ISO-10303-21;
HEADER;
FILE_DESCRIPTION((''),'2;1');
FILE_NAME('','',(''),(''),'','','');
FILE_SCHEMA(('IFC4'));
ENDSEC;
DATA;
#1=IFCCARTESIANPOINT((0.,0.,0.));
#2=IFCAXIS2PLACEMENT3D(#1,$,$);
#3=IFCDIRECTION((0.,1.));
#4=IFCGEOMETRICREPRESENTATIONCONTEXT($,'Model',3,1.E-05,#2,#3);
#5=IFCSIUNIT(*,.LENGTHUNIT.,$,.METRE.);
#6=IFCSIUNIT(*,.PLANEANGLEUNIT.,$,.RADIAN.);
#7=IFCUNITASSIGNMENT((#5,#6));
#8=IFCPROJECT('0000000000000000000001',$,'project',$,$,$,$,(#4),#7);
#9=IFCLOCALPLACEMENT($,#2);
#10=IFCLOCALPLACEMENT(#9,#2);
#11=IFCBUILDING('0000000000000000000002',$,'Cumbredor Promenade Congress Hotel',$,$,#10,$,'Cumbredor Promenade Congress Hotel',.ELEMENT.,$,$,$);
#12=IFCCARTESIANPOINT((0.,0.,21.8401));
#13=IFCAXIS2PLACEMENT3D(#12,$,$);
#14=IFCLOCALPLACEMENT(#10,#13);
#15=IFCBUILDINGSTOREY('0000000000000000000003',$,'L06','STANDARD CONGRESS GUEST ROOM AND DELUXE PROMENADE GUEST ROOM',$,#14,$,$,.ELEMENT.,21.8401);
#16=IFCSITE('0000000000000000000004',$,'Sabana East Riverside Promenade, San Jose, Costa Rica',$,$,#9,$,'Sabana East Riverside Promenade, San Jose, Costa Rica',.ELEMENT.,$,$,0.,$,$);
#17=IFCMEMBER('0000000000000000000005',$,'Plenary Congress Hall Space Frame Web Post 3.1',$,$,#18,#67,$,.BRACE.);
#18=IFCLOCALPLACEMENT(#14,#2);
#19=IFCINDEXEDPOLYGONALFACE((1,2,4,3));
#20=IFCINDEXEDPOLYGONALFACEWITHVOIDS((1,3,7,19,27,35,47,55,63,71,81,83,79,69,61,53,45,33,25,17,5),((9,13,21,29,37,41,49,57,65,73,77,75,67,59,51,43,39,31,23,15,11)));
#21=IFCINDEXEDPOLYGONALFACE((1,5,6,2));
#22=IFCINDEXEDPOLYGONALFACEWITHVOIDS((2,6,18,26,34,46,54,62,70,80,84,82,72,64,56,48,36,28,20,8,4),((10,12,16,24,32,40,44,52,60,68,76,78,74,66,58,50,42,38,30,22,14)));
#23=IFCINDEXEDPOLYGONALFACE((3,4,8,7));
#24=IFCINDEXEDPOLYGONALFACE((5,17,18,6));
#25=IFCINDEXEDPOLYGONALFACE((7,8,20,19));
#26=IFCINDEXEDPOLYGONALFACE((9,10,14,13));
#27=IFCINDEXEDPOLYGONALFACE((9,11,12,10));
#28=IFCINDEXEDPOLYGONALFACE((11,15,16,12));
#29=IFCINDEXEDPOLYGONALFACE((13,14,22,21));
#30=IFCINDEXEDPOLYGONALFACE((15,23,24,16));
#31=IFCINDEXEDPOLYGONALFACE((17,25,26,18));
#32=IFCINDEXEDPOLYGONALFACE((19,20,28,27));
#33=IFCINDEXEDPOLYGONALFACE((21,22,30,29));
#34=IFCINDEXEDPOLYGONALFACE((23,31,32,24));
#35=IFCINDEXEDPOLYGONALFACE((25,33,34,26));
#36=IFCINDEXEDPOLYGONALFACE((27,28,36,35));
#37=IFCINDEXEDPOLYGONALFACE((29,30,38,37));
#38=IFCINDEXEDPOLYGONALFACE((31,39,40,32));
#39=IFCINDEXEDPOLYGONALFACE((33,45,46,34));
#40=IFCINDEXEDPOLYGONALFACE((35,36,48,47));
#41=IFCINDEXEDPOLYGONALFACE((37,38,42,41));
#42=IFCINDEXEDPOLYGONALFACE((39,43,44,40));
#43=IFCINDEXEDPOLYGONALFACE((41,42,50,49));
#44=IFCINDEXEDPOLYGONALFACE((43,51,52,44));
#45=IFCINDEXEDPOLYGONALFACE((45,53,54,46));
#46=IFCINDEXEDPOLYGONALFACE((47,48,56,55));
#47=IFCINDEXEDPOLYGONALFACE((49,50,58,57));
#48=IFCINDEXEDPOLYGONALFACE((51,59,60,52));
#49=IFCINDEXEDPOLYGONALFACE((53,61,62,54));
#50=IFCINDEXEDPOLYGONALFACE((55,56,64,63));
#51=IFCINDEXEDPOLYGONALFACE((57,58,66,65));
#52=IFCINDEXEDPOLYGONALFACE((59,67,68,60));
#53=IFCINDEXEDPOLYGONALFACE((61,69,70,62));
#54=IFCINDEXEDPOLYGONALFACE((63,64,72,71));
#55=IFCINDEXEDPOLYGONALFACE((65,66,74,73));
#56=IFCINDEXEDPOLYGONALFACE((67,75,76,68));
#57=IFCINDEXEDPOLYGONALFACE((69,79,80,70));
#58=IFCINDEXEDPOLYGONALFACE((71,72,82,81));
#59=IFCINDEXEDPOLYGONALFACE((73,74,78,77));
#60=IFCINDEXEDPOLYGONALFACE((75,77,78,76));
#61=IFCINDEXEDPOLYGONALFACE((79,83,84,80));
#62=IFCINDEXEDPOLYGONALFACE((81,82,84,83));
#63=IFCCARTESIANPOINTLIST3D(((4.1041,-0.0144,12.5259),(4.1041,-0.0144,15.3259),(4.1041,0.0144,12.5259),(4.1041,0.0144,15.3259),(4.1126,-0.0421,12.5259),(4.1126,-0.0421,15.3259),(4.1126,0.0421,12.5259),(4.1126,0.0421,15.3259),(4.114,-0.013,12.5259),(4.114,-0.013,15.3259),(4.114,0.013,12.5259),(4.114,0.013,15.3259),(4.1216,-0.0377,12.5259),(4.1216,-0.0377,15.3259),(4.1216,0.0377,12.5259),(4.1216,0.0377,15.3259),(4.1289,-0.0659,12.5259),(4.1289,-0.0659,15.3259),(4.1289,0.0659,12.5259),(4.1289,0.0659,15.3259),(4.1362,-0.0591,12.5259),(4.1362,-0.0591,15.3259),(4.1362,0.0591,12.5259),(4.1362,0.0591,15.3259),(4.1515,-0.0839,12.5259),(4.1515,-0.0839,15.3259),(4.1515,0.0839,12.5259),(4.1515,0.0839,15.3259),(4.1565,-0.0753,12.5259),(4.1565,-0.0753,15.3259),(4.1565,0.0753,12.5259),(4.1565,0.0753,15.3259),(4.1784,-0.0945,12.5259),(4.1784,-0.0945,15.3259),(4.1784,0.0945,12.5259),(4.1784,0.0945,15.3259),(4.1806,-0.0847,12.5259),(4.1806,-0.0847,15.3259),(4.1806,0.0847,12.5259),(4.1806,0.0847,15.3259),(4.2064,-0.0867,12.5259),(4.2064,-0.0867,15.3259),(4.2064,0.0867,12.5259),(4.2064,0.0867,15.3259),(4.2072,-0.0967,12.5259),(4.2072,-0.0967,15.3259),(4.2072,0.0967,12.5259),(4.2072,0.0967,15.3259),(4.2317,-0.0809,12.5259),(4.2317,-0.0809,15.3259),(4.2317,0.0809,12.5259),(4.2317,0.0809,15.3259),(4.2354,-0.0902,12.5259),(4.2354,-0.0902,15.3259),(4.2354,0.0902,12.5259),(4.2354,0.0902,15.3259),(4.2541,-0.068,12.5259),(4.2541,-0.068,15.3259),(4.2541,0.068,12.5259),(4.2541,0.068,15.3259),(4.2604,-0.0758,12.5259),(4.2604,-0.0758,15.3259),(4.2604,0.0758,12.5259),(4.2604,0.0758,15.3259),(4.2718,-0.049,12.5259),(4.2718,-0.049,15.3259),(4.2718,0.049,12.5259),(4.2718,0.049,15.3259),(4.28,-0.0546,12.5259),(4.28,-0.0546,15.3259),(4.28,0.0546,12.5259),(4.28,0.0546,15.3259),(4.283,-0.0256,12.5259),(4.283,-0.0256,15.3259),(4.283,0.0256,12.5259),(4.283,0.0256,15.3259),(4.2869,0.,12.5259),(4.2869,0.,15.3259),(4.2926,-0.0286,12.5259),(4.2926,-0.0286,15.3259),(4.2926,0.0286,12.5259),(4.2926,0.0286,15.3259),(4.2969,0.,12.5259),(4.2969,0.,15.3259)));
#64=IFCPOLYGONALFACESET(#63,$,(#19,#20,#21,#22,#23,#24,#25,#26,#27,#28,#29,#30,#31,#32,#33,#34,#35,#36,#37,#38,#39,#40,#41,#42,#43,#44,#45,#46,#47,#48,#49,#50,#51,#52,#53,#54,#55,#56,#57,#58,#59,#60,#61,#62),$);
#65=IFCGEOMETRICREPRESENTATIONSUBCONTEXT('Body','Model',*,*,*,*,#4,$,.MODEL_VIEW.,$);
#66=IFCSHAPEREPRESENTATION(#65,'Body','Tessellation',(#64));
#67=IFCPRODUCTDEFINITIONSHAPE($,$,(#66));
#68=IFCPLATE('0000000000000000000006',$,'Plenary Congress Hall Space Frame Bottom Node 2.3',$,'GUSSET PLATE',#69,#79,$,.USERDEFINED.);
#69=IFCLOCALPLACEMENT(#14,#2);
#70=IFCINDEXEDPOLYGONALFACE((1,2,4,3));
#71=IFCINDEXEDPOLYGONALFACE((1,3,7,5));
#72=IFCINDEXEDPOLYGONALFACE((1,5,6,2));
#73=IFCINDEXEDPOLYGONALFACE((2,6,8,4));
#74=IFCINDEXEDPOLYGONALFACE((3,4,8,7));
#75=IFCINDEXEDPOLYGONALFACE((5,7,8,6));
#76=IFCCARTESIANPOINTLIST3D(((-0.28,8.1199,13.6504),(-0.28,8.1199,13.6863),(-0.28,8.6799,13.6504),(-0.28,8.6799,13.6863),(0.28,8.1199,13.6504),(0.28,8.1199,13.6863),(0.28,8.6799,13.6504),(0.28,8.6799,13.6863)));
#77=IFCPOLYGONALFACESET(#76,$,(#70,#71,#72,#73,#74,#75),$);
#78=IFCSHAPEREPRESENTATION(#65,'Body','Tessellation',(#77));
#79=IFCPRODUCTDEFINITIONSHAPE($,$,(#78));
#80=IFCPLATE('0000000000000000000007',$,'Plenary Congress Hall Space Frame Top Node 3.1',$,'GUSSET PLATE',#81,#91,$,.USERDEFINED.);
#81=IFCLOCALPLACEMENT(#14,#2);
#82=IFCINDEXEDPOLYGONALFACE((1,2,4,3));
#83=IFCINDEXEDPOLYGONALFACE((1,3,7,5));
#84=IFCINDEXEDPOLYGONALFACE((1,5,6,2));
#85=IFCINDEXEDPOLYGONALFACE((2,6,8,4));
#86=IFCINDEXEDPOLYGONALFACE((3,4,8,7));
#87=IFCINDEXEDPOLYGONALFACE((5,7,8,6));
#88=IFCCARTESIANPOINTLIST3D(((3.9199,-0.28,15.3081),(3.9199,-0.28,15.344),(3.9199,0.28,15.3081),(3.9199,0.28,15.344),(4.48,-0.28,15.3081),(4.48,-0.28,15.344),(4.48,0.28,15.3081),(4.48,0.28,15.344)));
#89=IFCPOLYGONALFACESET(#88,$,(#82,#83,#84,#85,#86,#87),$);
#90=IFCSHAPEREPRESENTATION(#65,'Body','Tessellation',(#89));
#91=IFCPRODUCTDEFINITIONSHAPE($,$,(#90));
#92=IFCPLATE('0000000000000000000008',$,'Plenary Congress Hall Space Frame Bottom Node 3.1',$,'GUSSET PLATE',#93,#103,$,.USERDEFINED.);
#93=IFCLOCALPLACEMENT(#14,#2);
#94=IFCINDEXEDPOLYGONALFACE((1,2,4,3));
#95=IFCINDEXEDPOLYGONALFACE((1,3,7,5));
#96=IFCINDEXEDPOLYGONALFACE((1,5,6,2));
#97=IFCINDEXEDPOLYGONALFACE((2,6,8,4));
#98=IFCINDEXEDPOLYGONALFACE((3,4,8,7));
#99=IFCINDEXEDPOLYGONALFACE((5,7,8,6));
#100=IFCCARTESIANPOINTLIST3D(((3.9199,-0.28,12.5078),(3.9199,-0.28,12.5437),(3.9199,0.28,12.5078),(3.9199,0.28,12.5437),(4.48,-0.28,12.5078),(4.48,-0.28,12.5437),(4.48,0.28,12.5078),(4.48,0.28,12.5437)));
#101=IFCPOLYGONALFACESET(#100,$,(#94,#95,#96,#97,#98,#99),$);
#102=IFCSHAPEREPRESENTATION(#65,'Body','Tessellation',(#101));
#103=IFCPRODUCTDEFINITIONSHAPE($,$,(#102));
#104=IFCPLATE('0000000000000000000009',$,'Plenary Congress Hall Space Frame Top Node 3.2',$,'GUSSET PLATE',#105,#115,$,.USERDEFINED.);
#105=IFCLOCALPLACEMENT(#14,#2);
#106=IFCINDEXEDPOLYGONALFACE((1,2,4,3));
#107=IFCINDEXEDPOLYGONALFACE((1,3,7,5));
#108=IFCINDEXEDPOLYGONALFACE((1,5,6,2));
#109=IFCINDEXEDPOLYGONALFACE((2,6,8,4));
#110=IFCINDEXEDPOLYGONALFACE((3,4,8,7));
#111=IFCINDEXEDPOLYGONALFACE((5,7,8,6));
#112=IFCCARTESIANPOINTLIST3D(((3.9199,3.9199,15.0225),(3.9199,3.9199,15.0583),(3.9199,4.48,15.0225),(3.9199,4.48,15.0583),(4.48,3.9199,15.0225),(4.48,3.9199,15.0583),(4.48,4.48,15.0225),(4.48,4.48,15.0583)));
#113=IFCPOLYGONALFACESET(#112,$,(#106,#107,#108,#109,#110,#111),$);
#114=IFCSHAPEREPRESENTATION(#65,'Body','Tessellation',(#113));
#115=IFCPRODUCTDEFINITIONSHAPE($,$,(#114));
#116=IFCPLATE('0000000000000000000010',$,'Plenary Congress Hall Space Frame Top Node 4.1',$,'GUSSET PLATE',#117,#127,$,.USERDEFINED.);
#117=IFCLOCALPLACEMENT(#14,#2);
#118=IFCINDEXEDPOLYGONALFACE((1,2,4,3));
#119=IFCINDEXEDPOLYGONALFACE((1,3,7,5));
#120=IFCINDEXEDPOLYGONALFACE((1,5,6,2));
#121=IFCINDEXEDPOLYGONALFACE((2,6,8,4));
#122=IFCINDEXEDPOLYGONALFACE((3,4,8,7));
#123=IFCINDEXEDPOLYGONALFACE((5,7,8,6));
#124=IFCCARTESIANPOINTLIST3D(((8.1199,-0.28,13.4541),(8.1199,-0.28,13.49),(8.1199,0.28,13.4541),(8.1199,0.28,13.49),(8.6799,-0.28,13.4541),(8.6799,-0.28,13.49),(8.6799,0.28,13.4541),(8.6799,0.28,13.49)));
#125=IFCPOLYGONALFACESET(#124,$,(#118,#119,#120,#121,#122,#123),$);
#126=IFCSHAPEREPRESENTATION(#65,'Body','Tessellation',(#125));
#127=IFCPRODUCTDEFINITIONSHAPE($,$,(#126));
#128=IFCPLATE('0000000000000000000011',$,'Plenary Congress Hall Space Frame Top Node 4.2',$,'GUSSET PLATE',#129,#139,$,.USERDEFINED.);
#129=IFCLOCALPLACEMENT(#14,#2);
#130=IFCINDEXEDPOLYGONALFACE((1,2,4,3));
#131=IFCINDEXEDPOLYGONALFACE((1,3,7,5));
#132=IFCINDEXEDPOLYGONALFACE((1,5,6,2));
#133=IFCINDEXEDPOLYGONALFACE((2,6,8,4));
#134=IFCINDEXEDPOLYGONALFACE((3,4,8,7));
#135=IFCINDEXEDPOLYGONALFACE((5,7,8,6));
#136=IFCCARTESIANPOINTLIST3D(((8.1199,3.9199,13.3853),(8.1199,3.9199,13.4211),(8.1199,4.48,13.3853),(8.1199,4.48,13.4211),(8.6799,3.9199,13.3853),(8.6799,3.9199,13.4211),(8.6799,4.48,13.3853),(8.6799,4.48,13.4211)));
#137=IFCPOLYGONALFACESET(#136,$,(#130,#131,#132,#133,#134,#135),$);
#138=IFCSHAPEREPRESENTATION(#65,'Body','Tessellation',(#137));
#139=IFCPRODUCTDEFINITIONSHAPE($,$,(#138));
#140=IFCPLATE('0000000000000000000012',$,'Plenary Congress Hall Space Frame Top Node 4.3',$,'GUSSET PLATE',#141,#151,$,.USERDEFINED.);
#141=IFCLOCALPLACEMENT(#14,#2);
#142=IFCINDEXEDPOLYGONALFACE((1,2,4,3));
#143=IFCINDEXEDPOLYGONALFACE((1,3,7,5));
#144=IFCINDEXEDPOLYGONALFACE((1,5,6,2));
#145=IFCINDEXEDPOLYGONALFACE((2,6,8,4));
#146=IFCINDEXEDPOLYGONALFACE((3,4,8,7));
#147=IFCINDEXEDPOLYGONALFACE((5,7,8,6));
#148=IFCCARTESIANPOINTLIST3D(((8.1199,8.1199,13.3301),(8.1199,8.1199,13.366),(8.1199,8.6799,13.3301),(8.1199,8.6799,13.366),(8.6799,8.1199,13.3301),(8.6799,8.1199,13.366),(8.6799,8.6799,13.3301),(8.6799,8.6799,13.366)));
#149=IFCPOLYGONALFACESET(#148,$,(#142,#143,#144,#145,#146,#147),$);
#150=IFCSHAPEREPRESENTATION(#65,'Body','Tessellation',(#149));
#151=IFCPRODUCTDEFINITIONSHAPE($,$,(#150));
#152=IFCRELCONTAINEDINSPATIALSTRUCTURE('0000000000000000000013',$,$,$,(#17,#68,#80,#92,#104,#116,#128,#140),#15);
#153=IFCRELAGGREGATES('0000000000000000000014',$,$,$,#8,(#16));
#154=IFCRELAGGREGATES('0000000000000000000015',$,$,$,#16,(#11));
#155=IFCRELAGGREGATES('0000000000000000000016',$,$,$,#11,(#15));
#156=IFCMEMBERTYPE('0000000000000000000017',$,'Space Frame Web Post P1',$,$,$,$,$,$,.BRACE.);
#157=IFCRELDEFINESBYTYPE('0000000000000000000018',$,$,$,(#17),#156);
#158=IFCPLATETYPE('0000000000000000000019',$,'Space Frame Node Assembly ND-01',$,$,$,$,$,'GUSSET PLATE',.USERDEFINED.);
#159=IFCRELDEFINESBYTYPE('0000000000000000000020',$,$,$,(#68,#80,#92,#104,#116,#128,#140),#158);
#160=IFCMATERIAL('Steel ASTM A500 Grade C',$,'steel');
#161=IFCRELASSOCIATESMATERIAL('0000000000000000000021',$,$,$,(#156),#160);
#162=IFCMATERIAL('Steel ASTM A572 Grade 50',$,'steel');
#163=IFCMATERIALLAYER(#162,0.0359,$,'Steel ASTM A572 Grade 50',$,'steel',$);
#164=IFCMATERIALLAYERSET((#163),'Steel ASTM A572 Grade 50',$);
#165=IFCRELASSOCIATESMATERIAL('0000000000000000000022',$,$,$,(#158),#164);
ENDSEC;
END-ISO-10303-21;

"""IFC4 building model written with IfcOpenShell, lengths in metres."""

from ifc_helpers import new_model, si_unit, direction, frame, origin, origin_2d, place, context, subcontext, project, spatial, rectangle, hollow_circle, extrude, material, layer, layer_set, material_profile, profile_set, type_object, element, save


model = new_model("IFC4")

# Units and contexts
model_context = context("Model", 3, precision=1e-05, world=origin(), true_north=direction((0.0, 1.0)))
body_context = subcontext(model_context, "Body", "Model", "MODEL_VIEW")
ifc_project = project(units=[si_unit("LENGTHUNIT", "METRE"), si_unit("PLANEANGLEUNIT", "RADIAN")], contexts=[model_context])

# Site, building, storey
site_placement = place(None, origin())
site = spatial("IfcSite", under=ifc_project, at=site_placement, Name="Sabana East Riverside Promenade, San Jose, Costa Rica", LongName="Sabana East Riverside Promenade, San Jose, Costa Rica", CompositionType="ELEMENT", RefElevation=0.0)
building_placement = place(site_placement, origin())
building = spatial("IfcBuilding", under=site, at=building_placement, Name="Cumbredor Promenade Congress Hotel", LongName="Cumbredor Promenade Congress Hotel", CompositionType="ELEMENT")
storey_placement = place(building_placement, frame((0.0, 0.0, 21.8401)))
storey = spatial("IfcBuildingStorey", under=building, at=storey_placement, Name="L06", Description="STANDARD CONGRESS GUEST ROOM AND DELUXE PROMENADE GUEST ROOM", CompositionType="ELEMENT", Elevation=21.8401)

# Member
ifc_material_1 = material(Name="Steel ASTM A500 Grade C", Category="steel")
ifc_material_profile_1 = material_profile(ifc_material_1, hollow_circle(Radius=0.0969, WallThickness=0.01, at=origin_2d()), Name="CHS 193.7x10")
ifc_profile_set_1 = profile_set([ifc_material_profile_1], Name="Steel ASTM A500 Grade C")
member_type_1 = type_object("IfcMemberType", Name="Space Frame Web Post P1", PredefinedType="BRACE", material=ifc_profile_set_1)
member_1_placement = place(storey_placement, frame((4.2, 0.0, 12.5259), z_axis=(0.0, 0.0, 1.0), x_axis=(1.0, 0.0, 0.0)))
element("IfcMember", 1, at=member_1_placement, inside=storey, type_object=member_type_1, Name="Plenary Congress Hall Space Frame Web Post 3.1", PredefinedType="BRACE", context=body_context, shape_type="SweptSolid", body=[
    extrude(hollow_circle(Radius=0.0969, WallThickness=0.01, at=origin_2d()), origin(), (0.0, 0.0, 1.0), 2.8),
])

# Plates
ifc_material_2 = material(Name="Steel ASTM A572 Grade 50", Category="steel")
ifc_layer = layer(ifc_material_2, 0.0359, Name="Steel ASTM A572 Grade 50", Category="steel")
ifc_layer_set = layer_set([ifc_layer], Name="Steel ASTM A572 Grade 50")
plate_type = type_object("IfcPlateType", Name="Space Frame Node Assembly ND-01", ElementType="GUSSET PLATE", PredefinedType="USERDEFINED", material=ifc_layer_set)
for number, where, z_axis, x_axis, name in (
    (2, (0.0, 8.3999, 13.6504), (0.0, 0.0, 1.0), (1.0, 0.0, 0.0), "Plenary Congress Hall Space Frame Bottom Node 2.3"),
    (3, (4.2, 0.0, 15.3081), (0.0, 0.0, 1.0), (1.0, 0.0, 0.0), "Plenary Congress Hall Space Frame Top Node 3.1"),
    (4, (4.2, 0.0, 12.5078), (0.0, 0.0, 1.0), (1.0, 0.0, 0.0), "Plenary Congress Hall Space Frame Bottom Node 3.1"),
    (5, (4.2, 4.2, 15.0225), (0.0, 0.0, 1.0), (1.0, 0.0, 0.0), "Plenary Congress Hall Space Frame Top Node 3.2"),
    (6, (8.3999, 0.0, 13.4541), (0.0, 0.0, 1.0), (1.0, 0.0, 0.0), "Plenary Congress Hall Space Frame Top Node 4.1"),
    (7, (8.3999, 4.2, 13.3853), (0.0, 0.0, 1.0), (1.0, 0.0, 0.0), "Plenary Congress Hall Space Frame Top Node 4.2"),
    (8, (8.3999, 8.3999, 13.3301), (0.0, 0.0, 1.0), (1.0, 0.0, 0.0), "Plenary Congress Hall Space Frame Top Node 4.3"),
):
    element("IfcPlate", number, at=place(storey_placement, frame(where, z_axis=z_axis, x_axis=x_axis)), inside=storey, type_object=plate_type, Name=name, ObjectType="GUSSET PLATE", PredefinedType="USERDEFINED", context=body_context, shape_type="SweptSolid", body=[
        extrude(rectangle(XDim=0.5601, YDim=0.5601, at=origin_2d()), origin(), (0.0, 0.0, 1.0), 0.0359),
    ])

save(model, "model.ifc")
